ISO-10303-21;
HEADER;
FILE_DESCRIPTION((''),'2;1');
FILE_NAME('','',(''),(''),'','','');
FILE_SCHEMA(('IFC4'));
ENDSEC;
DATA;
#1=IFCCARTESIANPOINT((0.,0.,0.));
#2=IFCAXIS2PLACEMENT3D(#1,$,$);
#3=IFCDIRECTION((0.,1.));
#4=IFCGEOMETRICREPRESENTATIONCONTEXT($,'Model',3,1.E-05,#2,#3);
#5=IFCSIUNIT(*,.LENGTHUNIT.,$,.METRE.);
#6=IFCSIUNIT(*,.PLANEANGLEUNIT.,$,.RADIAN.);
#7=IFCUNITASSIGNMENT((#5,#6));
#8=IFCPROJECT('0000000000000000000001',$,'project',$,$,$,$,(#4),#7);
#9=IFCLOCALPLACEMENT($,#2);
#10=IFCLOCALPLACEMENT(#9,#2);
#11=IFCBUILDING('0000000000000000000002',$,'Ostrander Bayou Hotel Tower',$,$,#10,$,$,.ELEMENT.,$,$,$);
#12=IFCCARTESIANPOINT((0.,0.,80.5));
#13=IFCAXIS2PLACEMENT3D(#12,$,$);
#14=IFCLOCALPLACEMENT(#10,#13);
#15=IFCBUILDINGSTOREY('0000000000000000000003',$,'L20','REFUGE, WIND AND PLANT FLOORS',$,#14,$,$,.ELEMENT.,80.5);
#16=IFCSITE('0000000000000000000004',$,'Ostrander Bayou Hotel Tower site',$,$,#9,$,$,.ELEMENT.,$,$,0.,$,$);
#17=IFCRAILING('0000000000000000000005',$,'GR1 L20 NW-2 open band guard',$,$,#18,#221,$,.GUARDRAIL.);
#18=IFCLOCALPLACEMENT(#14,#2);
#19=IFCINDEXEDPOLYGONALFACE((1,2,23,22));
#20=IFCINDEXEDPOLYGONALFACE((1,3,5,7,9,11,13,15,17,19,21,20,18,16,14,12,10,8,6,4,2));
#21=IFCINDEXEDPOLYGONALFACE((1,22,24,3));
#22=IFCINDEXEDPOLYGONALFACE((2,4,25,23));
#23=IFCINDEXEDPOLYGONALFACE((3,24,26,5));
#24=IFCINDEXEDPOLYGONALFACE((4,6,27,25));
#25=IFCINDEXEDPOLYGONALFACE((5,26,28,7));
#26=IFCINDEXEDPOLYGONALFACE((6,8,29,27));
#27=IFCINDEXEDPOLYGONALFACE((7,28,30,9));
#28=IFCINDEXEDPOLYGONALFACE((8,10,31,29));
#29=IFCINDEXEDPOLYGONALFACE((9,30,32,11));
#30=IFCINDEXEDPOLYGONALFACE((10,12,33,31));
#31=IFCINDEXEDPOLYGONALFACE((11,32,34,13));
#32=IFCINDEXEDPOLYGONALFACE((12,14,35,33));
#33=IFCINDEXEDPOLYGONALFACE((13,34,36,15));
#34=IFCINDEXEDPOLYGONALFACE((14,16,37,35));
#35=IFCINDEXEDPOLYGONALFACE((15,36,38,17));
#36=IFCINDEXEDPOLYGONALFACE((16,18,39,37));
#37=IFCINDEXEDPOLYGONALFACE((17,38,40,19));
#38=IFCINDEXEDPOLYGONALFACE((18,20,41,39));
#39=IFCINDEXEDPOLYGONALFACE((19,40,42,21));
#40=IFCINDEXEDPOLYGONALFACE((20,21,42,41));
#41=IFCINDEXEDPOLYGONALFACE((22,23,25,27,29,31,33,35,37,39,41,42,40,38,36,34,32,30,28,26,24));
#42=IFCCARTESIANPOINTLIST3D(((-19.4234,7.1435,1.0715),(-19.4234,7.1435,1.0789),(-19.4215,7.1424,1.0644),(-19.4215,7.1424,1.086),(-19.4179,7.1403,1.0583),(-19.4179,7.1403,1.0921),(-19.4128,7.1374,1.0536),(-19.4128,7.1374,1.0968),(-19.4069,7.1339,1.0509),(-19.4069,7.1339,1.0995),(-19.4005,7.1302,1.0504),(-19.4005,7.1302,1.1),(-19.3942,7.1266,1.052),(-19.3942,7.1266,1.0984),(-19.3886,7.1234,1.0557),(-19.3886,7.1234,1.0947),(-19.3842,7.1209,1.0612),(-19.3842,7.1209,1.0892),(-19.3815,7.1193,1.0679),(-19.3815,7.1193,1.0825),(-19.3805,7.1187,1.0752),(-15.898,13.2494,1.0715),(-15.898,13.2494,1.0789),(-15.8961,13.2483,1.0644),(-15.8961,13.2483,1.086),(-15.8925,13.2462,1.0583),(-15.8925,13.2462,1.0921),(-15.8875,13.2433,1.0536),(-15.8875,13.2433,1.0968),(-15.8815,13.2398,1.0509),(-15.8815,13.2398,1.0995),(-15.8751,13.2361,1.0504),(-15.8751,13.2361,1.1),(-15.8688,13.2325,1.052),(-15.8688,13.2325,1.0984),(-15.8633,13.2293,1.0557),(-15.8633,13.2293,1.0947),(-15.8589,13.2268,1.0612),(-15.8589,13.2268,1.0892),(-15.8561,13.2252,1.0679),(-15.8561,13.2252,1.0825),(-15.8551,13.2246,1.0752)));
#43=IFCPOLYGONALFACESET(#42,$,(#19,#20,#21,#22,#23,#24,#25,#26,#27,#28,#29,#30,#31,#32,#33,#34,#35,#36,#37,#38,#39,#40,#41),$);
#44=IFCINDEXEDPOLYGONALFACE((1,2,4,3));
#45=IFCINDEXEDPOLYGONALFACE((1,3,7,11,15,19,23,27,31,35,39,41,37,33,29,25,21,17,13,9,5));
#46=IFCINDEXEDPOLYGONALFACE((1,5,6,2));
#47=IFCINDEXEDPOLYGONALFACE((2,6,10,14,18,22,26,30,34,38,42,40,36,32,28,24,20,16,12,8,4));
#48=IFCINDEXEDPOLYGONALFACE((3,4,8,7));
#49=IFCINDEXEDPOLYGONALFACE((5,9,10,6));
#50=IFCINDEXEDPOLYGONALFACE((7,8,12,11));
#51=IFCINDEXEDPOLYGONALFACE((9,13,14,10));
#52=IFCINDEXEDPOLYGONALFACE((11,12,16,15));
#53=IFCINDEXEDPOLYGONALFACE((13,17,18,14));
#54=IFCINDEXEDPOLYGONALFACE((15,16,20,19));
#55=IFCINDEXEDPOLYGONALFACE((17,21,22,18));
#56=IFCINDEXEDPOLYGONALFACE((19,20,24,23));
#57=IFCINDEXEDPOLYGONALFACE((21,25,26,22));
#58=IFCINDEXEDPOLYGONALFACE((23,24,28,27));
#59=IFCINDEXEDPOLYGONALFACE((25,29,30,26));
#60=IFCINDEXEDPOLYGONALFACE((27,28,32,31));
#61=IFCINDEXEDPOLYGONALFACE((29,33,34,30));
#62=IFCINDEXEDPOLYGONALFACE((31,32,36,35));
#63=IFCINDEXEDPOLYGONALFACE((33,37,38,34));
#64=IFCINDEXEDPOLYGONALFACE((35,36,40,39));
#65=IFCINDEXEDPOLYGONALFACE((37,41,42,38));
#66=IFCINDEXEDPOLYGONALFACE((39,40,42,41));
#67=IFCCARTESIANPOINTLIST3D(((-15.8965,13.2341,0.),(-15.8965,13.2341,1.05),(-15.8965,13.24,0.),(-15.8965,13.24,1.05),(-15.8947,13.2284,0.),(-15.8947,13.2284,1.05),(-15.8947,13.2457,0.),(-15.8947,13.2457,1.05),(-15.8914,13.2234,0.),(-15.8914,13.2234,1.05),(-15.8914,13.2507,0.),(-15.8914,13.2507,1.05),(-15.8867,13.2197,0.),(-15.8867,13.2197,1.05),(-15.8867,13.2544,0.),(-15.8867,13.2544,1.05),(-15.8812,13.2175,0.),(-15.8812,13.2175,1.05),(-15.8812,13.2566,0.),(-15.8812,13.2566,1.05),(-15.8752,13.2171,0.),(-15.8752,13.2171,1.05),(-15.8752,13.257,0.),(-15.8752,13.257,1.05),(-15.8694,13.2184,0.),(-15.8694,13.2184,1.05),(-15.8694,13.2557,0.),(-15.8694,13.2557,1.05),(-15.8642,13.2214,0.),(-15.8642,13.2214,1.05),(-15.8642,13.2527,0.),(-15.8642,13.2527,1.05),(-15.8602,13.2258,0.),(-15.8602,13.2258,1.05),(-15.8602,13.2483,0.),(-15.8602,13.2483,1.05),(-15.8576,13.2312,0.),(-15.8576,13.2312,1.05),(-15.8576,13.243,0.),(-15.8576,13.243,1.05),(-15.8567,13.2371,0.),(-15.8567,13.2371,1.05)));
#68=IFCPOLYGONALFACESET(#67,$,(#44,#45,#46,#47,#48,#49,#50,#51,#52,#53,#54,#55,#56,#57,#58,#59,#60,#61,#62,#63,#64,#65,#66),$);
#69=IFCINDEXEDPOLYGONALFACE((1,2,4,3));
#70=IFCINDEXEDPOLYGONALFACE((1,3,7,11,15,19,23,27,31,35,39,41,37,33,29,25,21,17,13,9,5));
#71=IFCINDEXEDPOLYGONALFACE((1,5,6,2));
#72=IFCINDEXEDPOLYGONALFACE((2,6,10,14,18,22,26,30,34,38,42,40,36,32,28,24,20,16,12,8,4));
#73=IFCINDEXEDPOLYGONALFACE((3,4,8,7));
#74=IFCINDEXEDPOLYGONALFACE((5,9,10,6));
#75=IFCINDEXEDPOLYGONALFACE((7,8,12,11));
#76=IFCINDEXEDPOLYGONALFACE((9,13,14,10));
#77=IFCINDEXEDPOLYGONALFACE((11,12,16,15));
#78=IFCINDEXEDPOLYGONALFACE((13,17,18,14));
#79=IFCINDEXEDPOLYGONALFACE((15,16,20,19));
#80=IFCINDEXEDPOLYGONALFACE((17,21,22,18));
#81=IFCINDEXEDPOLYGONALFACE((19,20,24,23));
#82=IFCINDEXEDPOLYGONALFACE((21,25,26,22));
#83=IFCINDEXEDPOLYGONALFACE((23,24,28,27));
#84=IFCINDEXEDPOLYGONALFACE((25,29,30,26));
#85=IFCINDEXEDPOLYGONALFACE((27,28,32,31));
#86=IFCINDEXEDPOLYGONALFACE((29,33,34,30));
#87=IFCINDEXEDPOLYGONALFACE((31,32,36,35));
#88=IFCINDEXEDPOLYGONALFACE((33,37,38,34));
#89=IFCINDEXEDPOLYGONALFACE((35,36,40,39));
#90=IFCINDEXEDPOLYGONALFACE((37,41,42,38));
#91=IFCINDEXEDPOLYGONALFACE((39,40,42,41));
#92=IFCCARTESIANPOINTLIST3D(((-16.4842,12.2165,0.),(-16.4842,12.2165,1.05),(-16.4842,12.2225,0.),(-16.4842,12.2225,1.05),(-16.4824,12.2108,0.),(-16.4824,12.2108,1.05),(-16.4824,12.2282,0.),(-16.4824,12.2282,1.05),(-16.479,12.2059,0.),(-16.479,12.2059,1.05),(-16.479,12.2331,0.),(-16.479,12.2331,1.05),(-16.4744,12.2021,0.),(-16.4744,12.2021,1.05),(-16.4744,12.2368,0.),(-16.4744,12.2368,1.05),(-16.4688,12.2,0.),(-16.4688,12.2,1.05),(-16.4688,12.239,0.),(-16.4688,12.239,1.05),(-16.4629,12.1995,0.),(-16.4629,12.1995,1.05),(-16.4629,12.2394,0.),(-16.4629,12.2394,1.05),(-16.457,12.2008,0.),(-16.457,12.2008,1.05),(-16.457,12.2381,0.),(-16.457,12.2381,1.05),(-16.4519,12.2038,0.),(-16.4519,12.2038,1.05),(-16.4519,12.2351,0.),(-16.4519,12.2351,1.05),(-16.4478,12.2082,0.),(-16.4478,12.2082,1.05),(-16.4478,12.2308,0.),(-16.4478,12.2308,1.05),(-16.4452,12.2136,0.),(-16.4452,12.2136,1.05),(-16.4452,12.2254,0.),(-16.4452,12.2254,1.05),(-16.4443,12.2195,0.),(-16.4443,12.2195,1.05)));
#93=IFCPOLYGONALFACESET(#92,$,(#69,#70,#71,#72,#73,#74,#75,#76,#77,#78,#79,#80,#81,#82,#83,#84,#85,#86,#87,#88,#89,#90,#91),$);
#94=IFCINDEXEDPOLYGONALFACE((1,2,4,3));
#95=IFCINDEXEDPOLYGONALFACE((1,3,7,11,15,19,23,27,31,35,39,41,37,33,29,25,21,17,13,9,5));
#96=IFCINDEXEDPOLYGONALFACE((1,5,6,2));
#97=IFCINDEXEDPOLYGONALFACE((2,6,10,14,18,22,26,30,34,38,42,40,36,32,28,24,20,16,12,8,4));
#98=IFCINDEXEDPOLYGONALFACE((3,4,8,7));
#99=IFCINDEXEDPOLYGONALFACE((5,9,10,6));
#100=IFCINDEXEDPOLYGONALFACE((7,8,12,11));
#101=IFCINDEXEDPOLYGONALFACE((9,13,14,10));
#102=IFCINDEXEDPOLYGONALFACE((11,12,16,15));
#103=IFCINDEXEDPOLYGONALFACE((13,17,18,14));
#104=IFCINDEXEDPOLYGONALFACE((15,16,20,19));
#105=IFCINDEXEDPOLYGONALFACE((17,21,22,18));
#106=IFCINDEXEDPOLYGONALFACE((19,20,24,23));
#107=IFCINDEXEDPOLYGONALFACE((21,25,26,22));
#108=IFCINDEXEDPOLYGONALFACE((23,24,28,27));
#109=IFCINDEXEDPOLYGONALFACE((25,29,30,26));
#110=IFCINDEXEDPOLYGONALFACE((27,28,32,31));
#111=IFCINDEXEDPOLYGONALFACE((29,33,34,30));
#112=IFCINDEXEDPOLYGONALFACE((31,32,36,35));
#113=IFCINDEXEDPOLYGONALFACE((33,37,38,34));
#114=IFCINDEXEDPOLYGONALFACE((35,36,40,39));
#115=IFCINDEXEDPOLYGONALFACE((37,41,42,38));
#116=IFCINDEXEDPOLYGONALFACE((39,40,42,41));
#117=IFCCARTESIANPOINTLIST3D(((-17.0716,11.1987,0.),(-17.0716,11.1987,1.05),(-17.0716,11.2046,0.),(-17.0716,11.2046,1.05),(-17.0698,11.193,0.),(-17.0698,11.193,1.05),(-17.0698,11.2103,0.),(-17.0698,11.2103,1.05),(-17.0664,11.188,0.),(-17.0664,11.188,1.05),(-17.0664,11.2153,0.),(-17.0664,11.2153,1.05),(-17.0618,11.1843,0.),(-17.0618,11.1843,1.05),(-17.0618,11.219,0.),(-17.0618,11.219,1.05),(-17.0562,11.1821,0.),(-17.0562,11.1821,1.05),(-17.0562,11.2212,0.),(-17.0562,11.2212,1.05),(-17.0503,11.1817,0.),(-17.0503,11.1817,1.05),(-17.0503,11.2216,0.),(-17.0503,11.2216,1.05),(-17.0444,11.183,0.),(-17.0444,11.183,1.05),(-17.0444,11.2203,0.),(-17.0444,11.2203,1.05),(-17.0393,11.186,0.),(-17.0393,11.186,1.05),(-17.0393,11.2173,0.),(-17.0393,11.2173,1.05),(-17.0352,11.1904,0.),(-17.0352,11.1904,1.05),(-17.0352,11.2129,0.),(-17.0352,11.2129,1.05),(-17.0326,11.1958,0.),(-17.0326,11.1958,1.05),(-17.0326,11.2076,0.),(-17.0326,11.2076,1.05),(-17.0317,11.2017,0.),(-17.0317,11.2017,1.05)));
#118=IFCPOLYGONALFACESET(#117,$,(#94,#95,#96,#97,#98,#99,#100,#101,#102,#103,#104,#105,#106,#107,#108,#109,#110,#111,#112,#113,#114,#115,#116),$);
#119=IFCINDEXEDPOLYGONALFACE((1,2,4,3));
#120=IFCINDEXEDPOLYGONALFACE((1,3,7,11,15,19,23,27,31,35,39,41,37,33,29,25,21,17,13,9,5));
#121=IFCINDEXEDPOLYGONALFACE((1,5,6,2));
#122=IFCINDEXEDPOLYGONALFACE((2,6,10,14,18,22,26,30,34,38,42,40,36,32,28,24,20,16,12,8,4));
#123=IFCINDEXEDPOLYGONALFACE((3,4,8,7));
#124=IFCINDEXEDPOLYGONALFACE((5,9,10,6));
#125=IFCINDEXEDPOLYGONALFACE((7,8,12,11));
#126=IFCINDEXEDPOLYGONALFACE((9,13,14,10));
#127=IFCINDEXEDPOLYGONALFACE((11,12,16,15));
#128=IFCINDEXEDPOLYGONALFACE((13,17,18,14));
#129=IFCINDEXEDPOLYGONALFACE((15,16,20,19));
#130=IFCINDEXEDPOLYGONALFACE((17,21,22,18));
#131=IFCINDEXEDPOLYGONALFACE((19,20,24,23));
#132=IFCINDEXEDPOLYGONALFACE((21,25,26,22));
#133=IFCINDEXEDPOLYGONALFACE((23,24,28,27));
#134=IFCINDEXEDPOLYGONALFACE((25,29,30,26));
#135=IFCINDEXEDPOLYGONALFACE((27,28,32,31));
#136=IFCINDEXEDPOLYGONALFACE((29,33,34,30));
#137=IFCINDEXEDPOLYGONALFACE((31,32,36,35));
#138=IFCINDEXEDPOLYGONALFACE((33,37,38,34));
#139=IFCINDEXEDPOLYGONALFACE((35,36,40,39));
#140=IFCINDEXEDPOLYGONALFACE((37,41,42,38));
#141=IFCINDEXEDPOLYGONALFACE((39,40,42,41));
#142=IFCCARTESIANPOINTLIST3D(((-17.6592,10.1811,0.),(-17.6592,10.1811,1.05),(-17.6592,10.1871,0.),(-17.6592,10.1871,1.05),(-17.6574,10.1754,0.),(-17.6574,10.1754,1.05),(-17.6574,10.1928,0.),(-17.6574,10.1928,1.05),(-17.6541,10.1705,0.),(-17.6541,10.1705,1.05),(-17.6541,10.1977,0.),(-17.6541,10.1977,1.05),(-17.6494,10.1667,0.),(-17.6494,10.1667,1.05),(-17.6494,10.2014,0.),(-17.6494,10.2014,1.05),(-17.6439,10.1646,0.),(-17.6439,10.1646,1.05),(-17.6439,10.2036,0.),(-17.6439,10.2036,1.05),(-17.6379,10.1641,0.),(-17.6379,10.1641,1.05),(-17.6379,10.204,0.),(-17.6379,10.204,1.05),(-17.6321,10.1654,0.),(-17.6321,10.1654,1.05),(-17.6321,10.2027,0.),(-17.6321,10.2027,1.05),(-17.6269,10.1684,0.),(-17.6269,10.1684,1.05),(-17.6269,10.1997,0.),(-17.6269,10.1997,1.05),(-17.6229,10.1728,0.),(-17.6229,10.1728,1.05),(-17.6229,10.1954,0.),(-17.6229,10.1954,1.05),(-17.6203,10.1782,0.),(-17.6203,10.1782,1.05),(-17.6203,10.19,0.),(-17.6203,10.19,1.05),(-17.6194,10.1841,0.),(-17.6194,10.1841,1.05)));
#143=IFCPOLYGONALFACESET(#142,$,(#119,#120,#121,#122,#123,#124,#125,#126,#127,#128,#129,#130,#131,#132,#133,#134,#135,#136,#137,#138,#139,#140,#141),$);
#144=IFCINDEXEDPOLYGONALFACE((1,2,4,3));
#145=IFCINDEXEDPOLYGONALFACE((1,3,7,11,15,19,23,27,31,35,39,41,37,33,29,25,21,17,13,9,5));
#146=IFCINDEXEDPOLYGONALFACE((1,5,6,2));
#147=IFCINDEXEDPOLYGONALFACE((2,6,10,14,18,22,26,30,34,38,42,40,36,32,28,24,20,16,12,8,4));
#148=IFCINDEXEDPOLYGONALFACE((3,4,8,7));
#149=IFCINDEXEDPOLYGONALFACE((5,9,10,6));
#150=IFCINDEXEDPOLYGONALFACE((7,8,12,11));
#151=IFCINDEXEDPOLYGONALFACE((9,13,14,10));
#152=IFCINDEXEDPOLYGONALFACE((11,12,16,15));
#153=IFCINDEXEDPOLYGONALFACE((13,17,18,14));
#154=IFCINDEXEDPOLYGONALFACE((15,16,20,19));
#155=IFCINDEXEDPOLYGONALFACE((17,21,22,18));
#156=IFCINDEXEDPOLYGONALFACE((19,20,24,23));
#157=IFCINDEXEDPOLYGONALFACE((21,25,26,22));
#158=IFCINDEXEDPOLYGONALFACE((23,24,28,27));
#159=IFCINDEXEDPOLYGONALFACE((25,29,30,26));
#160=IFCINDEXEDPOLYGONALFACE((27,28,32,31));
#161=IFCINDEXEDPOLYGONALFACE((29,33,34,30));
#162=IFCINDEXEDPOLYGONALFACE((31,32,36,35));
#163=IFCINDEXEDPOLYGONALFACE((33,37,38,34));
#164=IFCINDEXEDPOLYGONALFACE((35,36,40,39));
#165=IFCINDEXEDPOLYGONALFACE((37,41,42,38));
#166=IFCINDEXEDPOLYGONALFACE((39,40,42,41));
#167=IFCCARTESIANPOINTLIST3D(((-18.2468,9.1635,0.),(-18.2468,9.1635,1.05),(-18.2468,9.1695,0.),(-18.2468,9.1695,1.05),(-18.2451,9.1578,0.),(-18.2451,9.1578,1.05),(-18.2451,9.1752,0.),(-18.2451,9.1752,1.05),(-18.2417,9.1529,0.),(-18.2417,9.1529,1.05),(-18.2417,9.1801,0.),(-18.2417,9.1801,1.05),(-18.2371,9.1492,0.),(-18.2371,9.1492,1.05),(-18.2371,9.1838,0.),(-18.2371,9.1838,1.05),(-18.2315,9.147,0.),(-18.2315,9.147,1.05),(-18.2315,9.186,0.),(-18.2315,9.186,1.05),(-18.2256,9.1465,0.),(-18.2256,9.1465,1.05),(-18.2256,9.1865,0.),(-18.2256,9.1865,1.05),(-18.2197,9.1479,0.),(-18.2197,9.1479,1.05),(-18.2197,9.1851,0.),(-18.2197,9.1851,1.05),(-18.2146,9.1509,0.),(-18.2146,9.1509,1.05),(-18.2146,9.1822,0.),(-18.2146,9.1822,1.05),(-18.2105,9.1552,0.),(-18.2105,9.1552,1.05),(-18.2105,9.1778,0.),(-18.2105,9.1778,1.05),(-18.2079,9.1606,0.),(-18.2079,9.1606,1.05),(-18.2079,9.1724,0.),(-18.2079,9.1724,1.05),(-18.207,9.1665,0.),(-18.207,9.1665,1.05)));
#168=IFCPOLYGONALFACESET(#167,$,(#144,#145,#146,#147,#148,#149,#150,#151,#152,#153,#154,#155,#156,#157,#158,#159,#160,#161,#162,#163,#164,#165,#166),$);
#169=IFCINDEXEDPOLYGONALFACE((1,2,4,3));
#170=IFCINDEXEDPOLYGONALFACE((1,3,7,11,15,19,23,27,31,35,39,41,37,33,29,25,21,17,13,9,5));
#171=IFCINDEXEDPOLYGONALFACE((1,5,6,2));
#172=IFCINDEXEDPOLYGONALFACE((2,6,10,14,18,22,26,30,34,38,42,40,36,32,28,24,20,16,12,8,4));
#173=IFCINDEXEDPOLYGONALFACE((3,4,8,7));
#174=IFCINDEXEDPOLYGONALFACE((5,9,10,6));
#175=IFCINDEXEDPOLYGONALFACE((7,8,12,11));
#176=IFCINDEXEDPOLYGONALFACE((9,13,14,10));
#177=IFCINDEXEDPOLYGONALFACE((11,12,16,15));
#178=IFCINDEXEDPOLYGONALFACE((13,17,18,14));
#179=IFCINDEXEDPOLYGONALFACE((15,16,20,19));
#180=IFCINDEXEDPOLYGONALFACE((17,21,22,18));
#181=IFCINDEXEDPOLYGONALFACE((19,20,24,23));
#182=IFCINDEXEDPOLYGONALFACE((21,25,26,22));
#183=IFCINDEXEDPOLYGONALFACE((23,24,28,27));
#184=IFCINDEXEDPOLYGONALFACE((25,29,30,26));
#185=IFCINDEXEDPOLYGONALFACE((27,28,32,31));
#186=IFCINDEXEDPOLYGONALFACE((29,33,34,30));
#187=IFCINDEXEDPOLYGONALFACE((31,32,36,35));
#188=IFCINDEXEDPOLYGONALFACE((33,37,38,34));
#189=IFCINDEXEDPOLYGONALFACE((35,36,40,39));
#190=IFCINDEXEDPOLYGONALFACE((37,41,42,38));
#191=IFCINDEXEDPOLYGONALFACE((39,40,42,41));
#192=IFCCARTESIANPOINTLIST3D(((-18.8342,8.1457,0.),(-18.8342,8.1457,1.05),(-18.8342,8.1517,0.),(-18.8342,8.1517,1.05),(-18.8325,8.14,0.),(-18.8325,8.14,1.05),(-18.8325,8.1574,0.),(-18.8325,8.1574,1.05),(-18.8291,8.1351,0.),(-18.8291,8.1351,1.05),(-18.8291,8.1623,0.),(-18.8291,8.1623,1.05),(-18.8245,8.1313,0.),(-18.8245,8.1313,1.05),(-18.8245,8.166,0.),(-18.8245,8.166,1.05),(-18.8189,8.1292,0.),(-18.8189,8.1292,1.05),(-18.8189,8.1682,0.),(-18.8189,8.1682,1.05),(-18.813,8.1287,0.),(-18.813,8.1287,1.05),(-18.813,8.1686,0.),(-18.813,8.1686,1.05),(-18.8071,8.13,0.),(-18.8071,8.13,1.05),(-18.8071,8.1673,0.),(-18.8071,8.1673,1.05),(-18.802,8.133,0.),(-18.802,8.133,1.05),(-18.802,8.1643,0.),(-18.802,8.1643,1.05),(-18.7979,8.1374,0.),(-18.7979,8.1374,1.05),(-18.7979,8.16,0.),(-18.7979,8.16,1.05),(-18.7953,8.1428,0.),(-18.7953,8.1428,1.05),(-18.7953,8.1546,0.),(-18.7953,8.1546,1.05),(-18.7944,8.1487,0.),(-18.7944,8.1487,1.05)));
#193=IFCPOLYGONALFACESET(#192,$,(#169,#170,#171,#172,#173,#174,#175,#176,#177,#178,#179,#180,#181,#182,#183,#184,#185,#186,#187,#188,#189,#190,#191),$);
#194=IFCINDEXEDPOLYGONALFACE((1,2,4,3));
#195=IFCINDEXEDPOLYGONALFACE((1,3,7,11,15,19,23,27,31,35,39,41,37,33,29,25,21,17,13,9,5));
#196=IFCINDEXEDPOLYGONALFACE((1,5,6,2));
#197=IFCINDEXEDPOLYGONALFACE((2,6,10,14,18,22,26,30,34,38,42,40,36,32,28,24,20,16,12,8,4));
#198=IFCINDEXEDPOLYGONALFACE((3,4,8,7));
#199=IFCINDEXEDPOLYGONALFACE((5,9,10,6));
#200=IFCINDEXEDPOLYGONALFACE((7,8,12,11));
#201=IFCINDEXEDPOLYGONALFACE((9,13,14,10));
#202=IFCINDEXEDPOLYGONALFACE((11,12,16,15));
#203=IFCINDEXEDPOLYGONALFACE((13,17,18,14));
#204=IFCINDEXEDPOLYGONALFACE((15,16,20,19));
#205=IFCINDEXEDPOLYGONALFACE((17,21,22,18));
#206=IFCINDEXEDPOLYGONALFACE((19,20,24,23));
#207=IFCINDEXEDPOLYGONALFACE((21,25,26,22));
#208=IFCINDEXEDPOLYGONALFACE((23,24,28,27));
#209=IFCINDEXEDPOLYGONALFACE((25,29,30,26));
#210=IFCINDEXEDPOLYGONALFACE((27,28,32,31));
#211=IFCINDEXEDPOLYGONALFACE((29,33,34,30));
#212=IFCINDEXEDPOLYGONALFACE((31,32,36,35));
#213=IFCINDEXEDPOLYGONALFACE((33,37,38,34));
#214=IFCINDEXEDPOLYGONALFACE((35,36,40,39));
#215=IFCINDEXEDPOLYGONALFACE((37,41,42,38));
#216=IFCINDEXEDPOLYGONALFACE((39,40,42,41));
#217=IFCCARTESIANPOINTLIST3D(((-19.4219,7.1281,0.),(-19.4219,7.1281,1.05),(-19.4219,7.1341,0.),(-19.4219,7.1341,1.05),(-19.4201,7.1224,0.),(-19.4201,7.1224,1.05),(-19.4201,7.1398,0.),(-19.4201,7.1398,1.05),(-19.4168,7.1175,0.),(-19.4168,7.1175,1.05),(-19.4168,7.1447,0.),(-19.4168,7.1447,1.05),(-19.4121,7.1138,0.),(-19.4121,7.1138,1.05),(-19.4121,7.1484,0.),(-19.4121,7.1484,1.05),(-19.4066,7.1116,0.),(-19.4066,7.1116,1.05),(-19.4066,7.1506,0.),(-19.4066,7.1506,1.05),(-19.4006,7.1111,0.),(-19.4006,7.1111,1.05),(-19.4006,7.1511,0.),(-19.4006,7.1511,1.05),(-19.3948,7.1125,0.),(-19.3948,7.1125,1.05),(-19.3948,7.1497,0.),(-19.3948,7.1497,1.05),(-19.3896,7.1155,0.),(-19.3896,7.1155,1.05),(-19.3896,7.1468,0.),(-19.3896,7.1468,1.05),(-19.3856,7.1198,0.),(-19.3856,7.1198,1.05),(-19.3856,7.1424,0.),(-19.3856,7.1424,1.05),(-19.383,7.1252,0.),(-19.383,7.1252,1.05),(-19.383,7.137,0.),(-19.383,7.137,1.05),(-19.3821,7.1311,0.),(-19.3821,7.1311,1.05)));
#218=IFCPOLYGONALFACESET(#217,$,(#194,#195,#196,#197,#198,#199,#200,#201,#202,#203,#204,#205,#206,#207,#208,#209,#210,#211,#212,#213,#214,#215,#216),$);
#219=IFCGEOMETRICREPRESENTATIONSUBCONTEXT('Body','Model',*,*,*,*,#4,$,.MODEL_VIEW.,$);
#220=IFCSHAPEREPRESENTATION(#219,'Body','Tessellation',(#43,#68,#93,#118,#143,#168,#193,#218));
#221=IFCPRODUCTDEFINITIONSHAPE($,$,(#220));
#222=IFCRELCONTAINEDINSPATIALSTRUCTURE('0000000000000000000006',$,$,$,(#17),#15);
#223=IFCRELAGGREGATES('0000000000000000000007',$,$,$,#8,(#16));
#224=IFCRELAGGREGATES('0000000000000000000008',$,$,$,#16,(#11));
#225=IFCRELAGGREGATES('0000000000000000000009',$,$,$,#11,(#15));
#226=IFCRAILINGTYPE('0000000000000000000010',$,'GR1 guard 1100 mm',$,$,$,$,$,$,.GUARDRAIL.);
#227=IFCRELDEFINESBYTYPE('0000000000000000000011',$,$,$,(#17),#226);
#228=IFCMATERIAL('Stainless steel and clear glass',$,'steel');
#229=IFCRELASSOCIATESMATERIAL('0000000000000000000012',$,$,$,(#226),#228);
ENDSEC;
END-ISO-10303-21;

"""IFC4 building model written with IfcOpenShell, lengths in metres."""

from ifc_helpers import new_model, si_unit, direction, frame, origin, origin_2d, place, context, subcontext, project, spatial, circle, extrude, material, type_object, element, save


model = new_model("IFC4")

# Units and contexts
model_context = context("Model", 3, precision=1e-05, world=origin(), true_north=direction((0.0, 1.0)))
body_context = subcontext(model_context, "Body", "Model", "MODEL_VIEW")
ifc_project = project(units=[si_unit("LENGTHUNIT", "METRE"), si_unit("PLANEANGLEUNIT", "RADIAN")], contexts=[model_context])

# Site, building, storey
site_placement = place(None, origin())
site = spatial("IfcSite", under=ifc_project, at=site_placement, Name="Ostrander Bayou Hotel Tower site", CompositionType="ELEMENT", RefElevation=0.0)
building_placement = place(site_placement, origin())
building = spatial("IfcBuilding", under=site, at=building_placement, Name="Ostrander Bayou Hotel Tower", CompositionType="ELEMENT")
storey_placement = place(building_placement, frame((0.0, 0.0, 80.5)))
storey = spatial("IfcBuildingStorey", under=building, at=storey_placement, Name="L20", Description="REFUGE, WIND AND PLANT FLOORS", CompositionType="ELEMENT", Elevation=80.5)

# Railing
ifc_material_1 = material(Name="Stainless steel and clear glass", Category="steel")
railing_type = type_object("IfcRailingType", Name="GR1 guard 1100 mm", PredefinedType="GUARDRAIL", material=ifc_material_1)
railing_placement = place(storey_placement, frame((-15.8767, 13.2371, 0.0)))
element("IfcRailing", 1, at=railing_placement, inside=storey, type_object=railing_type, Name="GR1 L20 NW-2 open band guard", PredefinedType="GUARDRAIL", context=body_context, shape_type="SweptSolid", body=[
    extrude(circle(Radius=0.0249, at=origin_2d()), frame((0.0, 0.0, 1.0752), z_axis=(-0.500012, -0.866018, 0.0), x_axis=(0.866018, -0.500012, 0.0)), (0.0, 0.0, 1.0), 7.0505),
    extrude(circle(Radius=0.02, at=origin_2d()), origin(), (0.0, 0.0, 1.0), 1.05),
    extrude(circle(Radius=0.02, at=origin_2d()), frame((-0.5876, -1.0176, 0.0)), (0.0, 0.0, 1.0), 1.05),
    extrude(circle(Radius=0.02, at=origin_2d()), frame((-1.175, -2.0354, 0.0)), (0.0, 0.0, 1.0), 1.05),
    extrude(circle(Radius=0.02, at=origin_2d()), frame((-1.7627, -3.053, 0.0)), (0.0, 0.0, 1.0), 1.05),
    extrude(circle(Radius=0.02, at=origin_2d()), frame((-2.3503, -4.0706, 0.0)), (0.0, 0.0, 1.0), 1.05),
    extrude(circle(Radius=0.02, at=origin_2d()), frame((-2.9377, -5.0884, 0.0)), (0.0, 0.0, 1.0), 1.05),
    extrude(circle(Radius=0.02, at=origin_2d()), frame((-3.5254, -6.106, 0.0)), (0.0, 0.0, 1.0), 1.05),
])

save(model, "model.ifc")
